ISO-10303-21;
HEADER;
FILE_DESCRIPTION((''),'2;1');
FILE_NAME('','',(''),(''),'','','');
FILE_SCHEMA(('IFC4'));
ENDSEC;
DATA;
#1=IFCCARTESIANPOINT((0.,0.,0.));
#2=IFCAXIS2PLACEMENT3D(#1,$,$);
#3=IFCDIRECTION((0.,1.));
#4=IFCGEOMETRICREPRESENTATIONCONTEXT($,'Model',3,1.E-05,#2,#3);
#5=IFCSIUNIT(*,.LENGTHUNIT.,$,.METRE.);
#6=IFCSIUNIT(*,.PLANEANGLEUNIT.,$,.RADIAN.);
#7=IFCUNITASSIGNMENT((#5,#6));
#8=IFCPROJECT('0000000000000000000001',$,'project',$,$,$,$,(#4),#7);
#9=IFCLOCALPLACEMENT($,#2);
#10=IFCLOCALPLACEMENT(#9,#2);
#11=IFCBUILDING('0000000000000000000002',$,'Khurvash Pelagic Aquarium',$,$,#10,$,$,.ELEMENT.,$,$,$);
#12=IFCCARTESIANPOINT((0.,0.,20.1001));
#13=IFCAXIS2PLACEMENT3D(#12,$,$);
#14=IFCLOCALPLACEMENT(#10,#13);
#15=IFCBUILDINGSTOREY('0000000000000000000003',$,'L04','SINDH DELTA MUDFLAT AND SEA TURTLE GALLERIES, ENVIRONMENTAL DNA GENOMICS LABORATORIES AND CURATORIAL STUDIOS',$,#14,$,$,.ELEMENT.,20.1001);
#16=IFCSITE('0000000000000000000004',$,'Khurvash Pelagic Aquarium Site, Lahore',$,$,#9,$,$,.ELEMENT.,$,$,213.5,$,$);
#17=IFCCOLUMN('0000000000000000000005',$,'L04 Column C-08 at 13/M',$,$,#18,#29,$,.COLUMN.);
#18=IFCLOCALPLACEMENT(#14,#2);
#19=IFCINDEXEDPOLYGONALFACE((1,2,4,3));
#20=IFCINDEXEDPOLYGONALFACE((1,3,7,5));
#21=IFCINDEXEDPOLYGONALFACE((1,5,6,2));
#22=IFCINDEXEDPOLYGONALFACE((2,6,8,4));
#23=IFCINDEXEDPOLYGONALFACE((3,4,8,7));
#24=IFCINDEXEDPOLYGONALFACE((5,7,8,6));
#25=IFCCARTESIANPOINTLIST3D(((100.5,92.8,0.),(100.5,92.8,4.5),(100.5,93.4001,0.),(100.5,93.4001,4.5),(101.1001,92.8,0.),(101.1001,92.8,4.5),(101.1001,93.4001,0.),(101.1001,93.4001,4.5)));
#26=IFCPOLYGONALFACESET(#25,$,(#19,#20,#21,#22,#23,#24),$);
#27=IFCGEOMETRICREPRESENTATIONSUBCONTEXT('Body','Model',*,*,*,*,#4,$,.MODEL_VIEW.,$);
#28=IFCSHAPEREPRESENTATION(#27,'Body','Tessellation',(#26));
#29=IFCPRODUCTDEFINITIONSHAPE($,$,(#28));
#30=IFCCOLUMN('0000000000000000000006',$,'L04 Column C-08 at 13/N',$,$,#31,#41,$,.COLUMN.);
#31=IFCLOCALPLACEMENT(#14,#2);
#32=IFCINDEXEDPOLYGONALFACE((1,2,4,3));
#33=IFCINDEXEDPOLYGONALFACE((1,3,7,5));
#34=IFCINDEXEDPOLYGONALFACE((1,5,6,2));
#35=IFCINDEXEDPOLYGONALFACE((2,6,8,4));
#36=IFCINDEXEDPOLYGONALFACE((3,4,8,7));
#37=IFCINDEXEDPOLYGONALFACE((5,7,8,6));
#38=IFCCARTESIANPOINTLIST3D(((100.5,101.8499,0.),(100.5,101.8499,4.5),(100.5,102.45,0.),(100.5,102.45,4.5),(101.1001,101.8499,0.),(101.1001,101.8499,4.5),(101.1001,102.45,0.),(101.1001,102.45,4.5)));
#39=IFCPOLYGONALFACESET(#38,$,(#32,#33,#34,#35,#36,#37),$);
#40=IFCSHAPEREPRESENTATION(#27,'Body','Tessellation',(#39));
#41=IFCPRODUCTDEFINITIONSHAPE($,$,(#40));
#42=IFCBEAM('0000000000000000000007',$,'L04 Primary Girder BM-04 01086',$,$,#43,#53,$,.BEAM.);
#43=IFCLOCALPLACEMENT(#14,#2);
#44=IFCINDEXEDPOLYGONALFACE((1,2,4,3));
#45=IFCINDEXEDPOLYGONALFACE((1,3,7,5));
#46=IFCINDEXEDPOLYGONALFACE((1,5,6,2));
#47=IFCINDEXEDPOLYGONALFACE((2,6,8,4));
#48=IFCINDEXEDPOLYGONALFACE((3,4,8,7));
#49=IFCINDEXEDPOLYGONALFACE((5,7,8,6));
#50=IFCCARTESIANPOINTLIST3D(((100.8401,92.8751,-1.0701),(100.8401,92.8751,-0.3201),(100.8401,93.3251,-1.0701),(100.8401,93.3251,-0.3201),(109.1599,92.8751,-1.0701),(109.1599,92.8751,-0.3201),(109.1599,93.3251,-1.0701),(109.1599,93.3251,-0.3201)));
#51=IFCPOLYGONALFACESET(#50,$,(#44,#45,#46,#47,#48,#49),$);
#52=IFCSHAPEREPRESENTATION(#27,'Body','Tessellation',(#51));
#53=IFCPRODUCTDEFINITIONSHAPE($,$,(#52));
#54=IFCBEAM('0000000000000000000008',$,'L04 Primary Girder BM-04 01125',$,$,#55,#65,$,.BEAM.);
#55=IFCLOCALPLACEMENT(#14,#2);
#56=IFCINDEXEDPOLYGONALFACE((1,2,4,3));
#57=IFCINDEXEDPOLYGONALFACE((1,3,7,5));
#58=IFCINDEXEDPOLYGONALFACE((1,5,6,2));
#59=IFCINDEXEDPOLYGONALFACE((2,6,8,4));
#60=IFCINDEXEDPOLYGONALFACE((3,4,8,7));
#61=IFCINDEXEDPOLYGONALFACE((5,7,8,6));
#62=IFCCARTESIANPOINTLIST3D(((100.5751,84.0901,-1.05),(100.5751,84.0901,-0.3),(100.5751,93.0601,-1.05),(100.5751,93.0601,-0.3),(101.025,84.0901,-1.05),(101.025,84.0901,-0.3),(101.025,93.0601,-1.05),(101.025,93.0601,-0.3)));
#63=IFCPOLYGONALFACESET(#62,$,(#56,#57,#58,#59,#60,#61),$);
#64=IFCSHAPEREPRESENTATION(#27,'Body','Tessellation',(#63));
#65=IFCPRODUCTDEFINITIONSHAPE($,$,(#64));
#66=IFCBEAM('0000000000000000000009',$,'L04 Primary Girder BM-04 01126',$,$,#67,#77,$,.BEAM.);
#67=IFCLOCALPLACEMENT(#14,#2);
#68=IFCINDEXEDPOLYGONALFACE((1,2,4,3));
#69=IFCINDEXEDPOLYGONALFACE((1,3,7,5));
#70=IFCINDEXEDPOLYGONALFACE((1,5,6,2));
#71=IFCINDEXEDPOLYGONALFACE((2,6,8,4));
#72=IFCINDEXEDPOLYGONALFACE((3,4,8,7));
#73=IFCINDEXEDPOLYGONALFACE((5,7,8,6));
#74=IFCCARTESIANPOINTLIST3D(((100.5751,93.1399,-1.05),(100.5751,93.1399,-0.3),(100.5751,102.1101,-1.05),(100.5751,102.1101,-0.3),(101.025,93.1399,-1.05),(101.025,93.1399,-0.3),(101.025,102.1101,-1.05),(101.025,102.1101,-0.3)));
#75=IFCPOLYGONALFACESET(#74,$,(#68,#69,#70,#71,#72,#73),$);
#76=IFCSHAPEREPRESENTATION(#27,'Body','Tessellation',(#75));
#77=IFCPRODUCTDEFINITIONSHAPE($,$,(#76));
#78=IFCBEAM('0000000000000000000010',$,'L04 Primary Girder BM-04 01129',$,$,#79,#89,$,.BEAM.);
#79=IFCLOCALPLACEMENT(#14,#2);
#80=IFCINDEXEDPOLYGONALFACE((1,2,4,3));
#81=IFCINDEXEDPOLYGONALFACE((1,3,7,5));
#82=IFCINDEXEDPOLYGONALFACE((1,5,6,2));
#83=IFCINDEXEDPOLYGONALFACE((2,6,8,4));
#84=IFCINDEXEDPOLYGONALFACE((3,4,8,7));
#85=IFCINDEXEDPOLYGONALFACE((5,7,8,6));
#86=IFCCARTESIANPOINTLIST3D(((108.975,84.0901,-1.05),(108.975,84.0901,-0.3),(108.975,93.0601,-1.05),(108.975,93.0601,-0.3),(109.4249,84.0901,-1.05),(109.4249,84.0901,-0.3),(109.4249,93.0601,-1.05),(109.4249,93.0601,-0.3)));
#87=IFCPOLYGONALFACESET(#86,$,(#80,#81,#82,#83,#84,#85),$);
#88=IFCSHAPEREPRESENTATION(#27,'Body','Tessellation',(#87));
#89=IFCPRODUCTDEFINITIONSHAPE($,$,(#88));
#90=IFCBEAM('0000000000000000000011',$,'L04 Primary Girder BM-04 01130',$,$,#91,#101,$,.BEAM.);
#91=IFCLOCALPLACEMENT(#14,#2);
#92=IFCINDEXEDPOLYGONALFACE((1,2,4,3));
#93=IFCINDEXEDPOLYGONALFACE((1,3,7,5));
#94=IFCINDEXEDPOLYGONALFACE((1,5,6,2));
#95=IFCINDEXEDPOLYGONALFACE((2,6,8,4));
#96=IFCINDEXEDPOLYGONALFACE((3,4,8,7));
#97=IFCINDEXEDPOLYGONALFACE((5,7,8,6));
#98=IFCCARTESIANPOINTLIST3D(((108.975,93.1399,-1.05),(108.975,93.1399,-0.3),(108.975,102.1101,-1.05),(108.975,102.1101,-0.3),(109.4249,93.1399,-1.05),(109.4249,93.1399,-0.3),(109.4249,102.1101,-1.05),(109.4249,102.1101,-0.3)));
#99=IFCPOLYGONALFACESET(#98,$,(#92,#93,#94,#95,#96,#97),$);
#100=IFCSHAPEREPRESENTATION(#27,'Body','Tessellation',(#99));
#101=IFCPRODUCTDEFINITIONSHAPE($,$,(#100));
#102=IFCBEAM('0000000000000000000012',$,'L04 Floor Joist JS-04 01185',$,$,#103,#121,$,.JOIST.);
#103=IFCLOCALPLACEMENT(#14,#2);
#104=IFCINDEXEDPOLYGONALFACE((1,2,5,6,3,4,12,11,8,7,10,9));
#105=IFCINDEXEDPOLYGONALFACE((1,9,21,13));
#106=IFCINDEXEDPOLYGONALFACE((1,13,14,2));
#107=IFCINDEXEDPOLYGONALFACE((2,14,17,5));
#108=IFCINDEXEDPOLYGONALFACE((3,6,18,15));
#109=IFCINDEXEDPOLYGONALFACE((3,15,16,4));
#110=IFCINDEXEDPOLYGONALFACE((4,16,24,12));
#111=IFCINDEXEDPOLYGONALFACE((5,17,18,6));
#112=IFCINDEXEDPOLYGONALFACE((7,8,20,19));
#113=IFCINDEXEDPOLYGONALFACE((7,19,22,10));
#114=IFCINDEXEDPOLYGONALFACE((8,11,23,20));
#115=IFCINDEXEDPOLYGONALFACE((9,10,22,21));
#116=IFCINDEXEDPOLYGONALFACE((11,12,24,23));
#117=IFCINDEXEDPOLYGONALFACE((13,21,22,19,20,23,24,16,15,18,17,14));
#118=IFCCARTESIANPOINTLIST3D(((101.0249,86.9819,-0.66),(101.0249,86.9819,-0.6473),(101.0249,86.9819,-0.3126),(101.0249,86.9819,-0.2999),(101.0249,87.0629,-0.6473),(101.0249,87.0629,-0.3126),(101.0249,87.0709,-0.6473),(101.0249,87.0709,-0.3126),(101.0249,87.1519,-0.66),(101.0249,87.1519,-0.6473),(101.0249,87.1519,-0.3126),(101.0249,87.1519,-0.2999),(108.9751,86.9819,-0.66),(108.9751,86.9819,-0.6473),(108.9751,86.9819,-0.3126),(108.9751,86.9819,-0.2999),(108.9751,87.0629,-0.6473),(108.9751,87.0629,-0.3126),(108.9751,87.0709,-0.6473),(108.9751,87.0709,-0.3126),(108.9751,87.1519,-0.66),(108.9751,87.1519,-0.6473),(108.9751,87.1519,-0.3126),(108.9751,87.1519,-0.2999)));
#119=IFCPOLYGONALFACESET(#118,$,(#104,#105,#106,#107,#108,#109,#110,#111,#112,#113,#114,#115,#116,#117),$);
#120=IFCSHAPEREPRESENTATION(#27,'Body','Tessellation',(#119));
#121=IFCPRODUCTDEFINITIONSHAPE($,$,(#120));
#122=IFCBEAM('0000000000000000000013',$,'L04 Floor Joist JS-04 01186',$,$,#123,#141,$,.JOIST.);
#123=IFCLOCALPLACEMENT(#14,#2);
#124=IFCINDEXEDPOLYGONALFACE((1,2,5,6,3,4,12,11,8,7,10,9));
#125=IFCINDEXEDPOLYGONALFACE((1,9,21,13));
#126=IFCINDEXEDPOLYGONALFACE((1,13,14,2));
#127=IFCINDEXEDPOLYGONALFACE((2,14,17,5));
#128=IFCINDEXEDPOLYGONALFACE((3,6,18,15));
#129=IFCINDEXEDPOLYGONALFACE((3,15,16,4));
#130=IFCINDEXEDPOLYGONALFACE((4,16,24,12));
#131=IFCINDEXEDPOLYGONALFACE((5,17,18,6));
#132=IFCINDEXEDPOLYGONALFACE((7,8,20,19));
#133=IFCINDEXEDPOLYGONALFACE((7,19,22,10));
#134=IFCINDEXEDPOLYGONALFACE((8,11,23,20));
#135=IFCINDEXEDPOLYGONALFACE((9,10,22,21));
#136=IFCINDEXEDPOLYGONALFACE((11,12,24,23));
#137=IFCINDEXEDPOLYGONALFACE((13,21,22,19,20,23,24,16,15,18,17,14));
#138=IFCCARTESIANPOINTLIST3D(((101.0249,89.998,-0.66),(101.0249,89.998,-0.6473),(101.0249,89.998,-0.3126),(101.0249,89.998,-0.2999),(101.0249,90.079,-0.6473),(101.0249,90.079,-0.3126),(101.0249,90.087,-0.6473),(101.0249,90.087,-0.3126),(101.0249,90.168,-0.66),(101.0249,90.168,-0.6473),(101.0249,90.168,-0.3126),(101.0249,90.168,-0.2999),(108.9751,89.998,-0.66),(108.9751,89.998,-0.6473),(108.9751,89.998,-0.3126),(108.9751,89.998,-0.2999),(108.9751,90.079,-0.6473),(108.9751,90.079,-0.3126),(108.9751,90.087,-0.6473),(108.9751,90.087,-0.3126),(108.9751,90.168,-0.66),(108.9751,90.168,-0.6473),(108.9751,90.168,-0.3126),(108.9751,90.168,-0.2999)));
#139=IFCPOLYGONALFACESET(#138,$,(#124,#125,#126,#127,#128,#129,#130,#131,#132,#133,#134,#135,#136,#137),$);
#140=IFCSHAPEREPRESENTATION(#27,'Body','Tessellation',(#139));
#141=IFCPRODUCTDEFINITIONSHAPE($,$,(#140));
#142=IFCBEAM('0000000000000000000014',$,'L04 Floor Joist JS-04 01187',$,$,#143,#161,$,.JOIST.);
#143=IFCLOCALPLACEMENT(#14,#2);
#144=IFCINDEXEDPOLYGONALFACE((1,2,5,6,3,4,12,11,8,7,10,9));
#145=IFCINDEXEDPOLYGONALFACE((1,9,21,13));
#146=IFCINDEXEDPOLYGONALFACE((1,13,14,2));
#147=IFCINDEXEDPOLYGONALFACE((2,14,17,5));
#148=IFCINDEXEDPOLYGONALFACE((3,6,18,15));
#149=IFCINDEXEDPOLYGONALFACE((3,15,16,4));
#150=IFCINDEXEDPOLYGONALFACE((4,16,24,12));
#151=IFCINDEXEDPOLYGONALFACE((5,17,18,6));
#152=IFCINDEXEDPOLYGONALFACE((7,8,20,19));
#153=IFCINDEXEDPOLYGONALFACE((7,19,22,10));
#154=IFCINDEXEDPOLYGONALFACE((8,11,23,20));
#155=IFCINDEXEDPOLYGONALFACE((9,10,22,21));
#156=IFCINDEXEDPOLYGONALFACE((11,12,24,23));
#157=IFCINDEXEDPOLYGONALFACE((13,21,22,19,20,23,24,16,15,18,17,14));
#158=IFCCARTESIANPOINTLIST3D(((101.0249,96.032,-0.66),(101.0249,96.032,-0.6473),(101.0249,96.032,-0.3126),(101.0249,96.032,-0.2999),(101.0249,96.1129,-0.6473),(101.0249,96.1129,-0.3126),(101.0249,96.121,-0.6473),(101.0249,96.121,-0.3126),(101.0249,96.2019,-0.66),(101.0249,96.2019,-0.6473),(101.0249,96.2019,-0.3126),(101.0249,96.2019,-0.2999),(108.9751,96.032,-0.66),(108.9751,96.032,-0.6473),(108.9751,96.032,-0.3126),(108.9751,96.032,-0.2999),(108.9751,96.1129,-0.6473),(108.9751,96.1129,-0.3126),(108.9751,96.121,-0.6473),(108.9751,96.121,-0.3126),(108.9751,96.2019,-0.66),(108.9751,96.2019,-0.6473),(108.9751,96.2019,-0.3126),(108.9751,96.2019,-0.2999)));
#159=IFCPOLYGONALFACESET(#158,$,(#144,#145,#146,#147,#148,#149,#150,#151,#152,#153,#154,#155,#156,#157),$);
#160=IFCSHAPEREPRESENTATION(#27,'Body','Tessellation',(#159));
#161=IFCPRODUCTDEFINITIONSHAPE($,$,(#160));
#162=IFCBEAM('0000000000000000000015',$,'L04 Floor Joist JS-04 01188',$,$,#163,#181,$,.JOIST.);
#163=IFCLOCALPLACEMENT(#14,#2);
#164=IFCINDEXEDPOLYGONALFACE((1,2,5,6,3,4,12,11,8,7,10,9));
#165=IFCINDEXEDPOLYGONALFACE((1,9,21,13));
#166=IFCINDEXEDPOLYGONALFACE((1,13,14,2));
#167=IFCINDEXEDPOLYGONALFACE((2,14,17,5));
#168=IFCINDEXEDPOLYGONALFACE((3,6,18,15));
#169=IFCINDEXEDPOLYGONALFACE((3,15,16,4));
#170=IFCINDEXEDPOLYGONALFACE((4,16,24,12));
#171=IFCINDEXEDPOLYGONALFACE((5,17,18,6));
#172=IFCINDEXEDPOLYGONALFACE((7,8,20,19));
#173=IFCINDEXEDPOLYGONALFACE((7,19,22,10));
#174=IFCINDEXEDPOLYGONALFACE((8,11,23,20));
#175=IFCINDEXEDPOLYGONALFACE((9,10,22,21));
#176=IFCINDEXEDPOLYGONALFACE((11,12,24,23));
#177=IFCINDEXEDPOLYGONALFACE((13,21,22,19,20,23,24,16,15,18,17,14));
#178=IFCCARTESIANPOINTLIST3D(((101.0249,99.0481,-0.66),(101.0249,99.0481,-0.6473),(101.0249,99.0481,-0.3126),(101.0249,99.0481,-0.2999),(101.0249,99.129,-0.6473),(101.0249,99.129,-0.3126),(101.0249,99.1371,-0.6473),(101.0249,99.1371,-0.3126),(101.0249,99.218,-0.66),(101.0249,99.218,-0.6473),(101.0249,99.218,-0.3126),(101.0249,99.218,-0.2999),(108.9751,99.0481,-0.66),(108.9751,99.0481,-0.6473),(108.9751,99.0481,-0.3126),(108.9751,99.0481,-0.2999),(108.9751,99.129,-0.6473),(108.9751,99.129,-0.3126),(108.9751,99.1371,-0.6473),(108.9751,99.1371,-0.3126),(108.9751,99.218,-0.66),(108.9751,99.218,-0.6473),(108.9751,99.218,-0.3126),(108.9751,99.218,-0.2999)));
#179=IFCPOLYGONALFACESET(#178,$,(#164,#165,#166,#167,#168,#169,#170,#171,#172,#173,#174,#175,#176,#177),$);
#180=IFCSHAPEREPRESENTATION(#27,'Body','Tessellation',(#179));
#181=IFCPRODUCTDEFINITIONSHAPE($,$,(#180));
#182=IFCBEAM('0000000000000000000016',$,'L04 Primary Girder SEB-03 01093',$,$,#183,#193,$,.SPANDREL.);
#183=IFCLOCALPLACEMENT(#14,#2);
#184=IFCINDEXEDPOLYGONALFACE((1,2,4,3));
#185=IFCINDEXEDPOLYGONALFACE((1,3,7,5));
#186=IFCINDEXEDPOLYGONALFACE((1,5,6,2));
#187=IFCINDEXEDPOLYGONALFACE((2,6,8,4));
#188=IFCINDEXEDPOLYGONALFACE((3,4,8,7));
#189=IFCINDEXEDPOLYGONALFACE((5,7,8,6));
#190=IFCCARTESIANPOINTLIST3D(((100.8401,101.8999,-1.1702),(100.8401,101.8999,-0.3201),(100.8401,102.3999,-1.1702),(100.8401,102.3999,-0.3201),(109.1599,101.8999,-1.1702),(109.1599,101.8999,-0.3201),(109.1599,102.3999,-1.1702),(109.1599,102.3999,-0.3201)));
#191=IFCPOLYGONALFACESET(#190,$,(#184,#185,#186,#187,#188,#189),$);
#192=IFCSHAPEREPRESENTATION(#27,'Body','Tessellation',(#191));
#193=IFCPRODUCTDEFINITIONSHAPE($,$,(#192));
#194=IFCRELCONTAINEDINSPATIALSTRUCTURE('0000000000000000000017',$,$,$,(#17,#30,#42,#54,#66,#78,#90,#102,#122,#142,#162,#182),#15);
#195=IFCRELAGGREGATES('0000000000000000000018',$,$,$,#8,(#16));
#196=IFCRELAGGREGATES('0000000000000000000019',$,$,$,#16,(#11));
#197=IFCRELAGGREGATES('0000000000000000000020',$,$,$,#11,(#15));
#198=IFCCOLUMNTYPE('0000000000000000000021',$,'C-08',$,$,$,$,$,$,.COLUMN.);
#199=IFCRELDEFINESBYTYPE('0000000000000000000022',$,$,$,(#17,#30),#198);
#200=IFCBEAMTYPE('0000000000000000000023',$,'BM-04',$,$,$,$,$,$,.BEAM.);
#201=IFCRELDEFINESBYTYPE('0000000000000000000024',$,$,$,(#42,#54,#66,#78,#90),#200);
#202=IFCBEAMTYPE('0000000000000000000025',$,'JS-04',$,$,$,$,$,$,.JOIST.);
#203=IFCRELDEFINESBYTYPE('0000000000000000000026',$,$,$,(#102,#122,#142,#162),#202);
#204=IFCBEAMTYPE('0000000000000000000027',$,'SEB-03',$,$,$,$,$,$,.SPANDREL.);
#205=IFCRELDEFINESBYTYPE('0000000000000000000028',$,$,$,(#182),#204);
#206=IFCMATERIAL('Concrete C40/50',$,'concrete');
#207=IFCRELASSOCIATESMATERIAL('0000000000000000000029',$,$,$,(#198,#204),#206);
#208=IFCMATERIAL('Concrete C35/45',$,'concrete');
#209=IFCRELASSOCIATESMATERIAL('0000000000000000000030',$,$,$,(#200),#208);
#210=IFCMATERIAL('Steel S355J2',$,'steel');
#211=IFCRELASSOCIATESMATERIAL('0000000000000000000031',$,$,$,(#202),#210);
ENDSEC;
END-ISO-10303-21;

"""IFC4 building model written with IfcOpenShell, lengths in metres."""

from ifc_helpers import new_model, si_unit, direction, frame, origin, origin_2d, place, context, subcontext, project, spatial, rectangle, i_section, extrude, material, material_profile, profile_set, type_object, element, save


model = new_model("IFC4")

# Units and contexts
model_context = context("Model", 3, precision=1e-05, world=origin(), true_north=direction((0.0, 1.0)))
body_context = subcontext(model_context, "Body", "Model", "MODEL_VIEW")
ifc_project = project(units=[si_unit("LENGTHUNIT", "METRE"), si_unit("PLANEANGLEUNIT", "RADIAN")], contexts=[model_context])

# Site, building, storey
site_placement = place(None, origin())
site = spatial("IfcSite", under=ifc_project, at=site_placement, Name="Khurvash Pelagic Aquarium Site, Lahore", CompositionType="ELEMENT", RefElevation=213.5)
building_placement = place(site_placement, origin())
building = spatial("IfcBuilding", under=site, at=building_placement, Name="Khurvash Pelagic Aquarium", CompositionType="ELEMENT")
storey_placement = place(building_placement, frame((0.0, 0.0, 20.1001)))
storey = spatial("IfcBuildingStorey", under=building, at=storey_placement, Name="L04", Description="SINDH DELTA MUDFLAT AND SEA TURTLE GALLERIES, ENVIRONMENTAL DNA GENOMICS LABORATORIES AND CURATORIAL STUDIOS", CompositionType="ELEMENT", Elevation=20.1001)

# Columns
ifc_material_1 = material(Name="Concrete C40/50", Category="concrete")
ifc_material_profile_1 = material_profile(ifc_material_1, rectangle(XDim=0.6001, YDim=0.6001, at=origin_2d()), Name="RC600X600")
ifc_profile_set_1 = profile_set([ifc_material_profile_1], Name="Concrete C40/50")
column_type = type_object("IfcColumnType", Name="C-08", PredefinedType="COLUMN", material=ifc_profile_set_1)
for number, where, z_axis, x_axis, name in (
    (1, (100.8, 93.1001, 0.0), (0.0, 0.0, 1.0), (1.0, 0.0, 0.0), "L04 Column C-08 at 13/M"),
    (2, (100.8, 102.1499, 0.0), (0.0, 0.0, 1.0), (1.0, 0.0, 0.0), "L04 Column C-08 at 13/N"),
):
    element("IfcColumn", number, at=place(storey_placement, frame(where, z_axis=z_axis, x_axis=x_axis)), inside=storey, type_object=column_type, Name=name, PredefinedType="COLUMN", context=body_context, shape_type="SweptSolid", body=[
        extrude(rectangle(XDim=0.6001, YDim=0.6001, at=origin_2d()), origin(), (0.0, 0.0, 1.0), 4.5),
    ])

# Beams
ifc_material_2 = material(Name="Concrete C35/45", Category="concrete")
ifc_material_profile_2 = material_profile(ifc_material_2, rectangle(XDim=0.45, YDim=0.75, at=origin_2d()), Name="RC450X750")
ifc_profile_set_2 = profile_set([ifc_material_profile_2], Name="Concrete C35/45")
beam_type_1 = type_object("IfcBeamType", Name="BM-04", PredefinedType="BEAM", material=ifc_profile_set_2)
beam_1_placement = place(storey_placement, frame((100.8401, 93.1001, -0.6951), z_axis=(1.0, 0.0, 0.0), x_axis=(0.0, 1.0, 0.0)))
element("IfcBeam", 3, at=beam_1_placement, inside=storey, type_object=beam_type_1, Name="L04 Primary Girder BM-04 01086", PredefinedType="BEAM", context=body_context, shape_type="SweptSolid", body=[
    extrude(rectangle(XDim=0.45, YDim=0.75, at=origin_2d()), origin(), (0.0, 0.0, 1.0), 8.3198),
])
beam_2_placement = place(storey_placement, frame((100.8, 84.0901, -0.675), z_axis=(0.0, 1.0, 0.0), x_axis=(-1.0, 0.0, 0.0)))
element("IfcBeam", 4, at=beam_2_placement, inside=storey, type_object=beam_type_1, Name="L04 Primary Girder BM-04 01125", PredefinedType="BEAM", context=body_context, shape_type="SweptSolid", body=[
    extrude(rectangle(XDim=0.45, YDim=0.75, at=origin_2d()), origin(), (0.0, 0.0, 1.0), 8.97),
])
beam_3_placement = place(storey_placement, frame((100.8, 93.1399, -0.675), z_axis=(0.0, 1.0, 0.0), x_axis=(-1.0, 0.0, 0.0)))
element("IfcBeam", 5, at=beam_3_placement, inside=storey, type_object=beam_type_1, Name="L04 Primary Girder BM-04 01126", PredefinedType="BEAM", context=body_context, shape_type="SweptSolid", body=[
    extrude(rectangle(XDim=0.45, YDim=0.75, at=origin_2d()), origin(), (0.0, 0.0, 1.0), 8.9702),
])
beam_4_placement = place(storey_placement, frame((109.2, 84.0901, -0.675), z_axis=(0.0, 1.0, 0.0), x_axis=(-1.0, 0.0, 0.0)))
element("IfcBeam", 6, at=beam_4_placement, inside=storey, type_object=beam_type_1, Name="L04 Primary Girder BM-04 01129", PredefinedType="BEAM", context=body_context, shape_type="SweptSolid", body=[
    extrude(rectangle(XDim=0.45, YDim=0.75, at=origin_2d()), origin(), (0.0, 0.0, 1.0), 8.97),
])
beam_5_placement = place(storey_placement, frame((109.2, 93.1399, -0.675), z_axis=(0.0, 1.0, 0.0), x_axis=(-1.0, 0.0, 0.0)))
element("IfcBeam", 7, at=beam_5_placement, inside=storey, type_object=beam_type_1, Name="L04 Primary Girder BM-04 01130", PredefinedType="BEAM", context=body_context, shape_type="SweptSolid", body=[
    extrude(rectangle(XDim=0.45, YDim=0.75, at=origin_2d()), origin(), (0.0, 0.0, 1.0), 8.9702),
])
ifc_material_3 = material(Name="Steel S355J2", Category="steel")
ifc_material_profile_3 = material_profile(ifc_material_3, i_section(OverallWidth=0.1699, OverallDepth=0.3601, WebThickness=0.0081, FlangeThickness=0.0127, at=origin_2d()), Name="IPE360")
ifc_profile_set_3 = profile_set([ifc_material_profile_3], Name="Steel S355J2")
beam_type_2 = type_object("IfcBeamType", Name="JS-04", PredefinedType="JOIST", material=ifc_profile_set_3)
for number, where, z_axis, x_axis, name in (
    (8, (101.0249, 87.0669, -0.48), (1.0, 0.0, 0.0), (0.0, 1.0, 0.0), "L04 Floor Joist JS-04 01185"),
    (9, (101.0249, 90.083, -0.48), (1.0, 0.0, 0.0), (0.0, 1.0, 0.0), "L04 Floor Joist JS-04 01186"),
    (10, (101.0249, 96.1169, -0.48), (1.0, 0.0, 0.0), (0.0, 1.0, 0.0), "L04 Floor Joist JS-04 01187"),
    (11, (101.0249, 99.1331, -0.48), (1.0, 0.0, 0.0), (0.0, 1.0, 0.0), "L04 Floor Joist JS-04 01188"),
):
    element("IfcBeam", number, at=place(storey_placement, frame(where, z_axis=z_axis, x_axis=x_axis)), inside=storey, type_object=beam_type_2, Name=name, PredefinedType="JOIST", context=body_context, shape_type="SweptSolid", body=[
        extrude(i_section(OverallWidth=0.1699, OverallDepth=0.3601, WebThickness=0.0081, FlangeThickness=0.0127, at=origin_2d()), origin(), (0.0, 0.0, 1.0), 7.9502),
    ])
ifc_material_profile_4 = material_profile(ifc_material_1, rectangle(XDim=0.5, YDim=0.8501, at=origin_2d()), Name="RC500X850")
ifc_profile_set_4 = profile_set([ifc_material_profile_4], Name="Concrete C40/50")
beam_type_3 = type_object("IfcBeamType", Name="SEB-03", PredefinedType="SPANDREL", material=ifc_profile_set_4)
beam_6_placement = place(storey_placement, frame((100.8401, 102.1499, -0.7451), z_axis=(1.0, 0.0, 0.0), x_axis=(0.0, 1.0, 0.0)))
element("IfcBeam", 12, at=beam_6_placement, inside=storey, type_object=beam_type_3, Name="L04 Primary Girder SEB-03 01093", PredefinedType="SPANDREL", context=body_context, shape_type="SweptSolid", body=[
    extrude(rectangle(XDim=0.5, YDim=0.8501, at=origin_2d()), origin(), (0.0, 0.0, 1.0), 8.3198),
])

save(model, "model.ifc")
